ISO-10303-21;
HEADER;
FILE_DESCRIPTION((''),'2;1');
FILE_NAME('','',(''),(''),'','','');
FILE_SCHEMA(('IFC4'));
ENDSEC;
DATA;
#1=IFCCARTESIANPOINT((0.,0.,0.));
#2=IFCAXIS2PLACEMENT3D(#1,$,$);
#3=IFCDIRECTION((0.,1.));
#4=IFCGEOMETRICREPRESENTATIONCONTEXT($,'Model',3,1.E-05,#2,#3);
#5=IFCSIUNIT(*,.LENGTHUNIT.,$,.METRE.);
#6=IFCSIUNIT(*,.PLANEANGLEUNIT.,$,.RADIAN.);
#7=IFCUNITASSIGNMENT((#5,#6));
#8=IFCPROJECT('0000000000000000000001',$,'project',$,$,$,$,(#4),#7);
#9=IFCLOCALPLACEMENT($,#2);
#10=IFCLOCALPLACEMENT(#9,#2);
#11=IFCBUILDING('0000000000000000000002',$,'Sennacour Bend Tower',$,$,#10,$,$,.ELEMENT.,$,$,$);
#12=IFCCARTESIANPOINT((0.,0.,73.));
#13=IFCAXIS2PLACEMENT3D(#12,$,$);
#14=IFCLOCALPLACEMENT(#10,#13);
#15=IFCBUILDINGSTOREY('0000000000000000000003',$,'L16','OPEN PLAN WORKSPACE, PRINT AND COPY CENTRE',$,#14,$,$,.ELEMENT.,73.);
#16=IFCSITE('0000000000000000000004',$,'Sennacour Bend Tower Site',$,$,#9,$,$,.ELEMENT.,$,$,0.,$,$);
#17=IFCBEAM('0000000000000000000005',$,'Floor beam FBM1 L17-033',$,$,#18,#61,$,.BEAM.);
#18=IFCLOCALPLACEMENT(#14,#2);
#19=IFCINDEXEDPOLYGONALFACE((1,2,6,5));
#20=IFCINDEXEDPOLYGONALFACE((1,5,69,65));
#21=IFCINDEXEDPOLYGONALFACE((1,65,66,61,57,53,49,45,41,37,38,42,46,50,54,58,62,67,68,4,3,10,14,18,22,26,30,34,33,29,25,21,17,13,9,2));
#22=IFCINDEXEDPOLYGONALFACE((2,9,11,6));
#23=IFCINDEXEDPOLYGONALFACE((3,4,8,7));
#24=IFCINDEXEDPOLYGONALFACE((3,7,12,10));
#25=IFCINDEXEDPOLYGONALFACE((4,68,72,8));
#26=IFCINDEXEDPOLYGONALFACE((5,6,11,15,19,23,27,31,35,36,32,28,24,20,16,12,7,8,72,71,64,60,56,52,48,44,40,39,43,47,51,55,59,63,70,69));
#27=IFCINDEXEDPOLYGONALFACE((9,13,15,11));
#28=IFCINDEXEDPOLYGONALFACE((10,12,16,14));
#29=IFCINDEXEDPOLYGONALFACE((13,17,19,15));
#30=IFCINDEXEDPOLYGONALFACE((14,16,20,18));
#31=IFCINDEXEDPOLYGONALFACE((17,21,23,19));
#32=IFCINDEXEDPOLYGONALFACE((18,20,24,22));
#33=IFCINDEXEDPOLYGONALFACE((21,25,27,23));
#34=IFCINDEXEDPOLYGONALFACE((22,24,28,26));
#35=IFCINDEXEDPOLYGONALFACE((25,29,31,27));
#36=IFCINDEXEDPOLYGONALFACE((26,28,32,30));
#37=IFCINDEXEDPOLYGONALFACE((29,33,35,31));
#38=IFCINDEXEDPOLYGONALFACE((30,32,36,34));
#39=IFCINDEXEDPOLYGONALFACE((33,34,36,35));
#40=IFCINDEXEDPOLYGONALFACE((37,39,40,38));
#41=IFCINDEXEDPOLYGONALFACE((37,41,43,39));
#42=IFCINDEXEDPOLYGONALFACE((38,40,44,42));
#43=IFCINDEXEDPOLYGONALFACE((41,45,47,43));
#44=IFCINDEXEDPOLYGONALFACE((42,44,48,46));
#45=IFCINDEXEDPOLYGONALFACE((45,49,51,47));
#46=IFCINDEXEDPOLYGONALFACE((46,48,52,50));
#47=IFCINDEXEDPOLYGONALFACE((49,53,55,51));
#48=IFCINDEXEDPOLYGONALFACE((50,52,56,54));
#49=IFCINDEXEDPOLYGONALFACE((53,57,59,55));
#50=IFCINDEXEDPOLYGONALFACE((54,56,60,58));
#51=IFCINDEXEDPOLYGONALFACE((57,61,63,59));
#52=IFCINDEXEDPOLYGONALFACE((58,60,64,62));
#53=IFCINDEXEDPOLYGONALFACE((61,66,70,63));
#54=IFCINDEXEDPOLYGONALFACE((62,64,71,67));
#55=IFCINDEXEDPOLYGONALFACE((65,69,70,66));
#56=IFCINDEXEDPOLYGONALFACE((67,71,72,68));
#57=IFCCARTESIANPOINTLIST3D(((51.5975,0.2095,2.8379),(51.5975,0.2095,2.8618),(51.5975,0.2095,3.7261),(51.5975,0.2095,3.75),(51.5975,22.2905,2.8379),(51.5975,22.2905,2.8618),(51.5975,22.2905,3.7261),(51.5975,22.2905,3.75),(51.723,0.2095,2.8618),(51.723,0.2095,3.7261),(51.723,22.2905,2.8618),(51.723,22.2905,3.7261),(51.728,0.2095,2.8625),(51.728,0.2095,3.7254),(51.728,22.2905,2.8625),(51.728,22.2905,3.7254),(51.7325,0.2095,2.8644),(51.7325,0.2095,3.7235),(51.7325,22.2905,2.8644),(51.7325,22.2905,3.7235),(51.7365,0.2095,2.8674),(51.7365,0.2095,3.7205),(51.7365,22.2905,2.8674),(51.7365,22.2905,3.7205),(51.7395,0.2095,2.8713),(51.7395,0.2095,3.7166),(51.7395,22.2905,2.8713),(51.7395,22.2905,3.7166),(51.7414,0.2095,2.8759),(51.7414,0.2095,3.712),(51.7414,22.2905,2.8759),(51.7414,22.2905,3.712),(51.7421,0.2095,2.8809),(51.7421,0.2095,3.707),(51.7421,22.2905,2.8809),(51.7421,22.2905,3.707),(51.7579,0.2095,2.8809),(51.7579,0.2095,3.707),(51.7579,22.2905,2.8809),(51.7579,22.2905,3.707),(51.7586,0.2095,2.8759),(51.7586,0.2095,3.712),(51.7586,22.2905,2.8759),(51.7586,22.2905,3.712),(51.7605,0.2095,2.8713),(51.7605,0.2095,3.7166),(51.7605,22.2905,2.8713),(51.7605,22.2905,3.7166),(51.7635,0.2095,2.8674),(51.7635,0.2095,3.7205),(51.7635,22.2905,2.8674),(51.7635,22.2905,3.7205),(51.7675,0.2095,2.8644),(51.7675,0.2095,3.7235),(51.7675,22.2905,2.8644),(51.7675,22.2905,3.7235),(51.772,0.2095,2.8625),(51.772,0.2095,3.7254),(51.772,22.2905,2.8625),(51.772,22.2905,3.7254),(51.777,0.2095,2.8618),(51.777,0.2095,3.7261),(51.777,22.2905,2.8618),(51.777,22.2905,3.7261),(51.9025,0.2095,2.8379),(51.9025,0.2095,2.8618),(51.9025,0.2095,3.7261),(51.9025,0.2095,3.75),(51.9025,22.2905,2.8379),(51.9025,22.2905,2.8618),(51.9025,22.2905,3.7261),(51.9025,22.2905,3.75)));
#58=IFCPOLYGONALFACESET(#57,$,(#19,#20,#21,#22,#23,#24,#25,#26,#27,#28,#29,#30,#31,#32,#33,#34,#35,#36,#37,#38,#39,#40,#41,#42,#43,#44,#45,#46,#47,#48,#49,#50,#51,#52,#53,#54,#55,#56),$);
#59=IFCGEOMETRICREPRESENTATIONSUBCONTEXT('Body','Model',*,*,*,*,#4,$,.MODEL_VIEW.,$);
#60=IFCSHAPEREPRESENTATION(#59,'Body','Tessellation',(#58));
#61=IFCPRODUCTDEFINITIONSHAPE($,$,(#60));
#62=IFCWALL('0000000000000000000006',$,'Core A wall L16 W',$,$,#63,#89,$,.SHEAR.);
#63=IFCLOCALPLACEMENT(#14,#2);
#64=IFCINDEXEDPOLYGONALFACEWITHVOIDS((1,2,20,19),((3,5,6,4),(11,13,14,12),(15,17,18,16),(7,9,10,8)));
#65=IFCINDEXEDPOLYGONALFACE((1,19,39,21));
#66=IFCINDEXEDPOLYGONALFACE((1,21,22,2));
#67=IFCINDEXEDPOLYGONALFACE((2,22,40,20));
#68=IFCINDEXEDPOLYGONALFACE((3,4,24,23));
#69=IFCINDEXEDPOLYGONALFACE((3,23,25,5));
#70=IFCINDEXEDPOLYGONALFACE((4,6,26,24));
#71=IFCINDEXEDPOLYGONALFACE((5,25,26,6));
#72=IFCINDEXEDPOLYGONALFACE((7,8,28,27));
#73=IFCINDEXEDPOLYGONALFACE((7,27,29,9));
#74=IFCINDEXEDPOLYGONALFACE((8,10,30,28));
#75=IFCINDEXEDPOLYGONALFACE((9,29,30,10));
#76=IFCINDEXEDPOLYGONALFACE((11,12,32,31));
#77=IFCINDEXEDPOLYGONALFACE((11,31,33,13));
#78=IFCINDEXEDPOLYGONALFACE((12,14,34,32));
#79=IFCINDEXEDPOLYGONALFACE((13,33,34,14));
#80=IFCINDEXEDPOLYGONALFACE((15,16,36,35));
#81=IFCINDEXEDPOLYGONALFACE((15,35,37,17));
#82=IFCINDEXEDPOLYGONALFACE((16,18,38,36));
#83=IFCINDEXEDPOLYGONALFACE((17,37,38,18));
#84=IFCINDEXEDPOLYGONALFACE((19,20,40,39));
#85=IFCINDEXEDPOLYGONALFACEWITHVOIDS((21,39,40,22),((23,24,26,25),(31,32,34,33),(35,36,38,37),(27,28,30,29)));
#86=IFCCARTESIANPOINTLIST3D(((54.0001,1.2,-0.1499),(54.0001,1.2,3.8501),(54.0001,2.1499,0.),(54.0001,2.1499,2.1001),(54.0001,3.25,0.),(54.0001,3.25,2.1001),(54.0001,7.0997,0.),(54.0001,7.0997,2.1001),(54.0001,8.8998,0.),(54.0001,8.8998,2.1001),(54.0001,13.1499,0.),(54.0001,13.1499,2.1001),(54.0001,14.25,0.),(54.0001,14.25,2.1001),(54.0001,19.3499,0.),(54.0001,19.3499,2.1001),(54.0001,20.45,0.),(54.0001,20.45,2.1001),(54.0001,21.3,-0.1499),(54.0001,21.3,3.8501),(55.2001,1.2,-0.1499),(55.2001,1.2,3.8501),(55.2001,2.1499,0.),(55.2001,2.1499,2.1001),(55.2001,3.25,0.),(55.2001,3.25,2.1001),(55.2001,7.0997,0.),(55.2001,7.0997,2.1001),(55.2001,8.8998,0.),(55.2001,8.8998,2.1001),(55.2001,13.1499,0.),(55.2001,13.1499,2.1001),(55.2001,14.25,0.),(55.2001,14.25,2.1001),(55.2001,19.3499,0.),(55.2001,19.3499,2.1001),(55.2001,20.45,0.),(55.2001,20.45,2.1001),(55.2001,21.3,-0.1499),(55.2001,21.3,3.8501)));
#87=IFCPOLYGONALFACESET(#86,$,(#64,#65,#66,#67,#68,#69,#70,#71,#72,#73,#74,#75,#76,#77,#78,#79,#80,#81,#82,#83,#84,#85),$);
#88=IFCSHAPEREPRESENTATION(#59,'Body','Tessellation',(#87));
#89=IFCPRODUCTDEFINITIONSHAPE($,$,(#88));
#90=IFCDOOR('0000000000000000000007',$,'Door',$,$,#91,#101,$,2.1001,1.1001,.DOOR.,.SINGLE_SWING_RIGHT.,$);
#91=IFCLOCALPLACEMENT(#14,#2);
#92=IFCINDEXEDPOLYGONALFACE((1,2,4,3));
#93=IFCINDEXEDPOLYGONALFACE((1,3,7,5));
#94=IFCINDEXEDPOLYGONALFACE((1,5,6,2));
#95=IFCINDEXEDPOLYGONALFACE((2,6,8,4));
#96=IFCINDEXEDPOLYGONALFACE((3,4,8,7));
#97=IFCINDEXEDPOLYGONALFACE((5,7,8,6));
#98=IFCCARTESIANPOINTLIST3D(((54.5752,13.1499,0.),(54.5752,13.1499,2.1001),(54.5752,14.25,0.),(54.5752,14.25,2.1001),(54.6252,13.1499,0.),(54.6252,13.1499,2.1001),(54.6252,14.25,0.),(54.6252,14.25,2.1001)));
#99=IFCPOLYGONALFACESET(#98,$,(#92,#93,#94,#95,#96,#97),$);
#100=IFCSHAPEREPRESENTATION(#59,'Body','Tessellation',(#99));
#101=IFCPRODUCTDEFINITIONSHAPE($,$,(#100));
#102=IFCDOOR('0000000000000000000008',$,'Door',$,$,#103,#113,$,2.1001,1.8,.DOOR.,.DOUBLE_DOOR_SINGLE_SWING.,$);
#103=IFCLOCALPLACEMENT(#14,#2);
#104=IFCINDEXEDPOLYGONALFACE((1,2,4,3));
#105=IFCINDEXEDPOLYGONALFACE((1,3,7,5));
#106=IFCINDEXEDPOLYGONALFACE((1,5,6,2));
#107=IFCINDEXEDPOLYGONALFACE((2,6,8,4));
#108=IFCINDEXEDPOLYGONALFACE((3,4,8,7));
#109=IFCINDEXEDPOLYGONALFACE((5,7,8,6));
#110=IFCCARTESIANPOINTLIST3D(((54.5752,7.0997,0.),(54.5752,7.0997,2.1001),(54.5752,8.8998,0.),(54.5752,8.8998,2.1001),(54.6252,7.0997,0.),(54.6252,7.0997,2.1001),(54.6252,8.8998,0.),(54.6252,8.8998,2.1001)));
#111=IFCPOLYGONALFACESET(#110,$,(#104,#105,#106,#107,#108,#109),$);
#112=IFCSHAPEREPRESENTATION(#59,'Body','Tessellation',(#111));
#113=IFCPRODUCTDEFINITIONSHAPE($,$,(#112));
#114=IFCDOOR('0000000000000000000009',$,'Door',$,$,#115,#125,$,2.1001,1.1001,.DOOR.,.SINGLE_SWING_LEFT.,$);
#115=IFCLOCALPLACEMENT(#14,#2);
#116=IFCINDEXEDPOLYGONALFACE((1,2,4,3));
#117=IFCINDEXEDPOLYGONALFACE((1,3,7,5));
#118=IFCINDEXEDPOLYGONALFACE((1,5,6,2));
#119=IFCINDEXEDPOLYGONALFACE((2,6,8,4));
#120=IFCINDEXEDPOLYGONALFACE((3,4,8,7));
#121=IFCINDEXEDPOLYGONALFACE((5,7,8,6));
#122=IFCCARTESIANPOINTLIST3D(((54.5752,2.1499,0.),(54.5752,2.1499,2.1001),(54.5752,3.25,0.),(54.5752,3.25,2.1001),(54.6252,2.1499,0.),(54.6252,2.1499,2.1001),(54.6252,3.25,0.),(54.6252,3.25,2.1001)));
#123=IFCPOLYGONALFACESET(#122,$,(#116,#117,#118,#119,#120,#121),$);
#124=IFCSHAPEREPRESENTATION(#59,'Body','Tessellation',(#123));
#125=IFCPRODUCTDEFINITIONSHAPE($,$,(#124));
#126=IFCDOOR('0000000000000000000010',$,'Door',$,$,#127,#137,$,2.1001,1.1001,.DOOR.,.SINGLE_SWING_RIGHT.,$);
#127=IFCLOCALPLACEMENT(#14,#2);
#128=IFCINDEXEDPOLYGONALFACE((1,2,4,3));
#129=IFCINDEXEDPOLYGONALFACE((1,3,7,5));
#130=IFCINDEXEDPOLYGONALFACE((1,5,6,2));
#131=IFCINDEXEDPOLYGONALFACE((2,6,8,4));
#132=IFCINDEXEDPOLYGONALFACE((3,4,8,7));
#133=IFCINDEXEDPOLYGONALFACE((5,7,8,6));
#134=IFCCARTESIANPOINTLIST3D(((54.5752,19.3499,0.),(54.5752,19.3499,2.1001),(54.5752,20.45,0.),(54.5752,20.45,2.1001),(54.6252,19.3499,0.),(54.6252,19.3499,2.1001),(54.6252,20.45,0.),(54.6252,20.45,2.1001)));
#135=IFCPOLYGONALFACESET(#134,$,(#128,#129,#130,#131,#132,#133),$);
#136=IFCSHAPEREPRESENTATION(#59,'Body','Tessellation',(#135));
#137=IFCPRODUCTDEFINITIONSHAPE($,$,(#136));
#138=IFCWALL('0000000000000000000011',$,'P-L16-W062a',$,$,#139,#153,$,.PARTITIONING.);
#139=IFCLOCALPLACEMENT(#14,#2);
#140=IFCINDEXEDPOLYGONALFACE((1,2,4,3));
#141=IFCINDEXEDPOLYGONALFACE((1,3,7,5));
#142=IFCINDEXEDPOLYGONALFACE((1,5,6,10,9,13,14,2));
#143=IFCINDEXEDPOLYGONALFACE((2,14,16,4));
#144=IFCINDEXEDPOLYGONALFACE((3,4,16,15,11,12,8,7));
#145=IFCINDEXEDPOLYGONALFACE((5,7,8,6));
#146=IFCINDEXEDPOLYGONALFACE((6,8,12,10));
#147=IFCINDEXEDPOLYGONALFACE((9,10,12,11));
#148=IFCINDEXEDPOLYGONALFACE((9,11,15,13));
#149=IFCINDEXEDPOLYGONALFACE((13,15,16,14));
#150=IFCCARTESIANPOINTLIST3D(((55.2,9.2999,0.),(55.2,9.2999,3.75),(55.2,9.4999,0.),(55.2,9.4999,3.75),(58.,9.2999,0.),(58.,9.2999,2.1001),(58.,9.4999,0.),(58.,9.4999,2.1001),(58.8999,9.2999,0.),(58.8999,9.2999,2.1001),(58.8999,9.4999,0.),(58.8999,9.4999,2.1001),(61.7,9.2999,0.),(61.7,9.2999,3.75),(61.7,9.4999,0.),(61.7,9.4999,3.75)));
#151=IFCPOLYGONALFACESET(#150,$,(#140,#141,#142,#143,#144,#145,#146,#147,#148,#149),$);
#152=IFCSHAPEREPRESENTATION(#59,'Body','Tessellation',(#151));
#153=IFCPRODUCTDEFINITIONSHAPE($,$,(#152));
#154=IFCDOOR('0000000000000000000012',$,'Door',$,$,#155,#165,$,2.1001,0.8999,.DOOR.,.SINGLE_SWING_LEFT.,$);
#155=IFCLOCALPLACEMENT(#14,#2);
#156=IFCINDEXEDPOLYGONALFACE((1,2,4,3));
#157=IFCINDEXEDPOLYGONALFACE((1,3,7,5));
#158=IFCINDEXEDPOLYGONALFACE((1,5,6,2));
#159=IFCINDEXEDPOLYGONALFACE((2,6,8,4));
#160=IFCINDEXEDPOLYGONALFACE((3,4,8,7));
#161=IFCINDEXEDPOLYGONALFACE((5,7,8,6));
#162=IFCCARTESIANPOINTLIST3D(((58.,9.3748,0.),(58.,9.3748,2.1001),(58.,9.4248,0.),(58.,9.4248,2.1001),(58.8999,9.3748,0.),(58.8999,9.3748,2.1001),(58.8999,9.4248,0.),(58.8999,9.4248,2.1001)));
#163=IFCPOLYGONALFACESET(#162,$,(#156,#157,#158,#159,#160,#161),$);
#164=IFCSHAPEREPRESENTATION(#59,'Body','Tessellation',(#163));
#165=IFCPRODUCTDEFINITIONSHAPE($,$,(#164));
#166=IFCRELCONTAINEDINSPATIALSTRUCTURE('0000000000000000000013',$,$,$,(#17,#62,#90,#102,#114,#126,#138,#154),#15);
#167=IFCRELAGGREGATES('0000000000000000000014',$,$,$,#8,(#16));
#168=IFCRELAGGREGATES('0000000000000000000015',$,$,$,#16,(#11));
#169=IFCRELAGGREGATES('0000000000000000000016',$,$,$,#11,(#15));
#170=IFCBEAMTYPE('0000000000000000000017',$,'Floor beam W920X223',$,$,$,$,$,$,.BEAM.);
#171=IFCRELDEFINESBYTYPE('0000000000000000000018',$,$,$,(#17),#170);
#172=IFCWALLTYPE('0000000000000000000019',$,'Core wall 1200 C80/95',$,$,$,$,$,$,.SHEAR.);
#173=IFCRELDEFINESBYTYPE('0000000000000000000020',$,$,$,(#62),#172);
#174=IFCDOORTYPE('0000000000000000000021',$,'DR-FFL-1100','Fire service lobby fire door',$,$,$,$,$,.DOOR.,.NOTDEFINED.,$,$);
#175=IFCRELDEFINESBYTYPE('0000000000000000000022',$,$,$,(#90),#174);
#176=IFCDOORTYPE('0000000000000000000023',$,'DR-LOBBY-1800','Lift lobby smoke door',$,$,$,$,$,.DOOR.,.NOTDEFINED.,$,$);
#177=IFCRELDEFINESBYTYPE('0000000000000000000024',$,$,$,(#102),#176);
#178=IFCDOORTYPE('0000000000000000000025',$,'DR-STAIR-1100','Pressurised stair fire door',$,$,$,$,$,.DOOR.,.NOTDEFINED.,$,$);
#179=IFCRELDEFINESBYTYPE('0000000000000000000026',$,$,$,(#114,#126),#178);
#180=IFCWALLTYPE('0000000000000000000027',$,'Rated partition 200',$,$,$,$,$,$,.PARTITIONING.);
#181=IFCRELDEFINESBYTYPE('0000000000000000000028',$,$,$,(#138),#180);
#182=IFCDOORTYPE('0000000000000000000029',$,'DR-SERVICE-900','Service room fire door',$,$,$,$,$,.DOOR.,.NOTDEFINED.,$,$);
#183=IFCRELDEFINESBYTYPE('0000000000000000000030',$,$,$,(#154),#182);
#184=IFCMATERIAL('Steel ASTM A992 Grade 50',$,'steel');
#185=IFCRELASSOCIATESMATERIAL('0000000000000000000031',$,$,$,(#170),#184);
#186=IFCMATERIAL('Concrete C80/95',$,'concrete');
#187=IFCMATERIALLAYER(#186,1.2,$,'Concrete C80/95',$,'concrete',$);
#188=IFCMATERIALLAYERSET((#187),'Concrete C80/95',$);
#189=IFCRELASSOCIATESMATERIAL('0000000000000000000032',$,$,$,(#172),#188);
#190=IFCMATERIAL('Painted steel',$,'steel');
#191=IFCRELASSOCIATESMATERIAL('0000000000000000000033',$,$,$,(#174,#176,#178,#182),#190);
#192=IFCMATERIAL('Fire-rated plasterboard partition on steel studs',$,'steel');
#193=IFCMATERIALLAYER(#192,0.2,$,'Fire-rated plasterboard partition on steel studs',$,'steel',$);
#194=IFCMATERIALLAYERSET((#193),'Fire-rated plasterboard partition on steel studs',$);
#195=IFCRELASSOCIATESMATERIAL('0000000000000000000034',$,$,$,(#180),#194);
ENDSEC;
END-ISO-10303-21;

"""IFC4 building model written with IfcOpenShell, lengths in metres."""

from ifc_helpers import new_model, si_unit, direction, frame, frame_2d, origin, origin_2d, place, context, subcontext, project, spatial, rectangle, i_section, extrude, material, layer, layer_set, material_profile, profile_set, type_object, element, fill, save


model = new_model("IFC4")

# Units and contexts
model_context = context("Model", 3, precision=1e-05, world=origin(), true_north=direction((0.0, 1.0)))
body_context = subcontext(model_context, "Body", "Model", "MODEL_VIEW")
ifc_project = project(units=[si_unit("LENGTHUNIT", "METRE"), si_unit("PLANEANGLEUNIT", "RADIAN")], contexts=[model_context])

# Site, building, storey
site_placement = place(None, origin())
site = spatial("IfcSite", under=ifc_project, at=site_placement, Name="Sennacour Bend Tower Site", CompositionType="ELEMENT", RefElevation=0.0)
building_placement = place(site_placement, origin())
building = spatial("IfcBuilding", under=site, at=building_placement, Name="Sennacour Bend Tower", CompositionType="ELEMENT")
storey_placement = place(building_placement, frame((0.0, 0.0, 73.0)))
storey = spatial("IfcBuildingStorey", under=building, at=storey_placement, Name="L16", Description="OPEN PLAN WORKSPACE, PRINT AND COPY CENTRE", CompositionType="ELEMENT", Elevation=73.0)

# Beam
ifc_material_1 = material(Name="Steel ASTM A992 Grade 50", Category="steel")
ifc_material_profile = material_profile(ifc_material_1, i_section(OverallWidth=0.3049, OverallDepth=0.9121, WebThickness=0.0159, FlangeThickness=0.0239, FilletRadius=0.019, at=origin_2d()), Name="Steel ASTM A992 Grade 50", Category="steel")
ifc_profile_set = profile_set([ifc_material_profile], Name="Steel ASTM A992 Grade 50")
beam_type = type_object("IfcBeamType", Name="Floor beam W920X223", PredefinedType="BEAM", material=ifc_profile_set)
beam_placement = place(storey_placement, frame((51.75, 0.2095, 3.2939), z_axis=(0.0, 1.0, 0.0), x_axis=(-1.0, 0.0, 0.0)))
element("IfcBeam", 1, at=beam_placement, inside=storey, type_object=beam_type, Name="Floor beam FBM1 L17-033", PredefinedType="BEAM", context=body_context, shape_type="SweptSolid", body=[
    extrude(i_section(OverallWidth=0.3049, OverallDepth=0.9121, WebThickness=0.0159, FlangeThickness=0.0239, FilletRadius=0.019, at=origin_2d()), origin(), (0.0, 0.0, 1.0), 22.0811),
])

# Wall, openings, doors
ifc_material_2 = material(Name="Concrete C80/95", Category="concrete")
ifc_layer_1 = layer(ifc_material_2, 1.2, Name="Concrete C80/95", Category="concrete")
ifc_layer_set_1 = layer_set([ifc_layer_1], Name="Concrete C80/95")
wall_type_1 = type_object("IfcWallType", Name="Core wall 1200 C80/95", PredefinedType="SHEAR", material=ifc_layer_set_1)
wall_1_placement = place(storey_placement, frame((54.6001, 1.2, -0.1499), z_axis=(0.0, 0.0, 1.0), x_axis=(0.0, 1.0, 0.0)))
wall_1 = element("IfcWall", 2, at=wall_1_placement, inside=storey, type_object=wall_type_1, Name="Core A wall L16 W", PredefinedType="SHEAR", context=body_context, shape_type="SweptSolid", body=[
    extrude(rectangle(XDim=20.1001, YDim=1.2, at=frame_2d((10.05, 0.0))), origin(), (0.0, 0.0, 1.0), 4.0),
])
opening_1_placement = place(wall_1_placement, frame((5.8999, 0.0, 0.1499)))
opening_1 = element("IfcOpeningElement", 3, at=opening_1_placement, cuts=wall_1, PredefinedType="OPENING", context=body_context, shape_type="SweptSolid", body=[
    extrude(rectangle(XDim=1.8, YDim=2.1001, at=frame_2d((0.8999, 1.05))), frame((0.0, 0.6099, 0.0), z_axis=(0.0, -1.0, 0.0), x_axis=(1.0, 0.0, 0.0)), (0.0, 0.0, 1.0), 1.22),
])
opening_2_placement = place(wall_1_placement, frame((11.95, 0.0, 0.1499)))
opening_2 = element("IfcOpeningElement", 4, at=opening_2_placement, cuts=wall_1, PredefinedType="OPENING", context=body_context, shape_type="SweptSolid", body=[
    extrude(rectangle(XDim=1.1001, YDim=2.1001, at=frame_2d((0.55, 1.05))), frame((0.0, 0.6099, 0.0), z_axis=(0.0, -1.0, 0.0), x_axis=(1.0, 0.0, 0.0)), (0.0, 0.0, 1.0), 1.22),
])
opening_3_placement = place(wall_1_placement, frame((0.95, 0.0, 0.1499)))
opening_3 = element("IfcOpeningElement", 5, at=opening_3_placement, cuts=wall_1, PredefinedType="OPENING", context=body_context, shape_type="SweptSolid", body=[
    extrude(rectangle(XDim=1.1001, YDim=2.1001, at=frame_2d((0.55, 1.05))), frame((0.0, 0.6099, 0.0), z_axis=(0.0, -1.0, 0.0), x_axis=(1.0, 0.0, 0.0)), (0.0, 0.0, 1.0), 1.22),
])
opening_4_placement = place(wall_1_placement, frame((18.1499, 0.0, 0.1499)))
opening_4 = element("IfcOpeningElement", 6, at=opening_4_placement, cuts=wall_1, PredefinedType="OPENING", context=body_context, shape_type="SweptSolid", body=[
    extrude(rectangle(XDim=1.1001, YDim=2.1001, at=frame_2d((0.55, 1.05))), frame((0.0, 0.6099, 0.0), z_axis=(0.0, -1.0, 0.0), x_axis=(1.0, 0.0, 0.0)), (0.0, 0.0, 1.0), 1.22),
])
ifc_material_3 = material(Name="Painted steel", Category="steel")
door_type_1 = type_object("IfcDoorType", Name="DR-FFL-1100", Description="Fire service lobby fire door", OperationType="NOTDEFINED", PredefinedType="DOOR", material=ifc_material_3)
door_1_placement = place(opening_2_placement, origin())
door_1 = element("IfcDoor", 7, at=door_1_placement, inside=storey, type_object=door_type_1, Name="Door", OperationType="SINGLE_SWING_RIGHT", OverallHeight=2.1001, OverallWidth=1.1001, PredefinedType="DOOR", context=body_context, shape_type="SweptSolid", body=[
    extrude(rectangle(XDim=1.1001, YDim=2.1001, at=frame_2d((0.55, 1.05))), frame((0.0, 0.0249, 0.0), z_axis=(0.0, -1.0, 0.0), x_axis=(1.0, 0.0, 0.0)), (0.0, 0.0, 1.0), 0.05),
])
fill(opening_2, door_1)
door_type_2 = type_object("IfcDoorType", Name="DR-LOBBY-1800", Description="Lift lobby smoke door", OperationType="NOTDEFINED", PredefinedType="DOOR", material=ifc_material_3)
door_2_placement = place(opening_1_placement, origin())
door_2 = element("IfcDoor", 8, at=door_2_placement, inside=storey, type_object=door_type_2, Name="Door", OperationType="DOUBLE_DOOR_SINGLE_SWING", OverallHeight=2.1001, OverallWidth=1.8, PredefinedType="DOOR", context=body_context, shape_type="SweptSolid", body=[
    extrude(rectangle(XDim=1.8, YDim=2.1001, at=frame_2d((0.8999, 1.05))), frame((0.0, 0.0249, 0.0), z_axis=(0.0, -1.0, 0.0), x_axis=(1.0, 0.0, 0.0)), (0.0, 0.0, 1.0), 0.05),
])
fill(opening_1, door_2)
door_type_3 = type_object("IfcDoorType", Name="DR-STAIR-1100", Description="Pressurised stair fire door", OperationType="NOTDEFINED", PredefinedType="DOOR", material=ifc_material_3)
door_3_placement = place(opening_3_placement, origin())
door_3 = element("IfcDoor", 9, at=door_3_placement, inside=storey, type_object=door_type_3, Name="Door", OperationType="SINGLE_SWING_LEFT", OverallHeight=2.1001, OverallWidth=1.1001, PredefinedType="DOOR", context=body_context, shape_type="SweptSolid", body=[
    extrude(rectangle(XDim=1.1001, YDim=2.1001, at=frame_2d((0.55, 1.05))), frame((0.0, 0.0249, 0.0), z_axis=(0.0, -1.0, 0.0), x_axis=(1.0, 0.0, 0.0)), (0.0, 0.0, 1.0), 0.05),
])
fill(opening_3, door_3)
door_4_placement = place(opening_4_placement, origin())
door_4 = element("IfcDoor", 10, at=door_4_placement, inside=storey, type_object=door_type_3, Name="Door", OperationType="SINGLE_SWING_RIGHT", OverallHeight=2.1001, OverallWidth=1.1001, PredefinedType="DOOR", context=body_context, shape_type="SweptSolid", body=[
    extrude(rectangle(XDim=1.1001, YDim=2.1001, at=frame_2d((0.55, 1.05))), frame((0.0, 0.0249, 0.0), z_axis=(0.0, -1.0, 0.0), x_axis=(1.0, 0.0, 0.0)), (0.0, 0.0, 1.0), 0.05),
])
fill(opening_4, door_4)

# Wall, opening, door
ifc_material_4 = material(Name="Fire-rated plasterboard partition on steel studs", Category="steel")
ifc_layer_2 = layer(ifc_material_4, 0.2, Name="Fire-rated plasterboard partition on steel studs", Category="steel")
ifc_layer_set_2 = layer_set([ifc_layer_2], Name="Fire-rated plasterboard partition on steel studs")
wall_type_2 = type_object("IfcWallType", Name="Rated partition 200", PredefinedType="PARTITIONING", material=ifc_layer_set_2)
wall_2_placement = place(storey_placement, frame((55.2, 9.3999, 0.0), z_axis=(0.0, 0.0, 1.0), x_axis=(1.0, 0.0, 0.0)))
wall_2 = element("IfcWall", 11, at=wall_2_placement, inside=storey, type_object=wall_type_2, Name="P-L16-W062a", PredefinedType="PARTITIONING", context=body_context, shape_type="SweptSolid", body=[
    extrude(rectangle(XDim=6.5, YDim=0.2, at=frame_2d((3.25, 0.0))), origin(), (0.0, 0.0, 1.0), 3.75),
])
opening_5_placement = place(wall_2_placement, frame((2.8, 0.0, 0.0)))
opening_5 = element("IfcOpeningElement", 12, at=opening_5_placement, cuts=wall_2, PredefinedType="OPENING", context=body_context, shape_type="SweptSolid", body=[
    extrude(rectangle(XDim=0.8999, YDim=2.1001, at=frame_2d((0.45, 1.05))), frame((0.0, 0.1099, 0.0), z_axis=(0.0, -1.0, 0.0), x_axis=(1.0, 0.0, 0.0)), (0.0, 0.0, 1.0), 0.22),
])
door_type_4 = type_object("IfcDoorType", Name="DR-SERVICE-900", Description="Service room fire door", OperationType="NOTDEFINED", PredefinedType="DOOR", material=ifc_material_3)
door_5_placement = place(opening_5_placement, origin())
door_5 = element("IfcDoor", 13, at=door_5_placement, inside=storey, type_object=door_type_4, Name="Door", OperationType="SINGLE_SWING_LEFT", OverallHeight=2.1001, OverallWidth=0.8999, PredefinedType="DOOR", context=body_context, shape_type="SweptSolid", body=[
    extrude(rectangle(XDim=0.8999, YDim=2.1001, at=frame_2d((0.45, 1.05))), frame((0.0, 0.0249, 0.0), z_axis=(0.0, -1.0, 0.0), x_axis=(1.0, 0.0, 0.0)), (0.0, 0.0, 1.0), 0.05),
])
fill(opening_5, door_5)

save(model, "model.ifc")
